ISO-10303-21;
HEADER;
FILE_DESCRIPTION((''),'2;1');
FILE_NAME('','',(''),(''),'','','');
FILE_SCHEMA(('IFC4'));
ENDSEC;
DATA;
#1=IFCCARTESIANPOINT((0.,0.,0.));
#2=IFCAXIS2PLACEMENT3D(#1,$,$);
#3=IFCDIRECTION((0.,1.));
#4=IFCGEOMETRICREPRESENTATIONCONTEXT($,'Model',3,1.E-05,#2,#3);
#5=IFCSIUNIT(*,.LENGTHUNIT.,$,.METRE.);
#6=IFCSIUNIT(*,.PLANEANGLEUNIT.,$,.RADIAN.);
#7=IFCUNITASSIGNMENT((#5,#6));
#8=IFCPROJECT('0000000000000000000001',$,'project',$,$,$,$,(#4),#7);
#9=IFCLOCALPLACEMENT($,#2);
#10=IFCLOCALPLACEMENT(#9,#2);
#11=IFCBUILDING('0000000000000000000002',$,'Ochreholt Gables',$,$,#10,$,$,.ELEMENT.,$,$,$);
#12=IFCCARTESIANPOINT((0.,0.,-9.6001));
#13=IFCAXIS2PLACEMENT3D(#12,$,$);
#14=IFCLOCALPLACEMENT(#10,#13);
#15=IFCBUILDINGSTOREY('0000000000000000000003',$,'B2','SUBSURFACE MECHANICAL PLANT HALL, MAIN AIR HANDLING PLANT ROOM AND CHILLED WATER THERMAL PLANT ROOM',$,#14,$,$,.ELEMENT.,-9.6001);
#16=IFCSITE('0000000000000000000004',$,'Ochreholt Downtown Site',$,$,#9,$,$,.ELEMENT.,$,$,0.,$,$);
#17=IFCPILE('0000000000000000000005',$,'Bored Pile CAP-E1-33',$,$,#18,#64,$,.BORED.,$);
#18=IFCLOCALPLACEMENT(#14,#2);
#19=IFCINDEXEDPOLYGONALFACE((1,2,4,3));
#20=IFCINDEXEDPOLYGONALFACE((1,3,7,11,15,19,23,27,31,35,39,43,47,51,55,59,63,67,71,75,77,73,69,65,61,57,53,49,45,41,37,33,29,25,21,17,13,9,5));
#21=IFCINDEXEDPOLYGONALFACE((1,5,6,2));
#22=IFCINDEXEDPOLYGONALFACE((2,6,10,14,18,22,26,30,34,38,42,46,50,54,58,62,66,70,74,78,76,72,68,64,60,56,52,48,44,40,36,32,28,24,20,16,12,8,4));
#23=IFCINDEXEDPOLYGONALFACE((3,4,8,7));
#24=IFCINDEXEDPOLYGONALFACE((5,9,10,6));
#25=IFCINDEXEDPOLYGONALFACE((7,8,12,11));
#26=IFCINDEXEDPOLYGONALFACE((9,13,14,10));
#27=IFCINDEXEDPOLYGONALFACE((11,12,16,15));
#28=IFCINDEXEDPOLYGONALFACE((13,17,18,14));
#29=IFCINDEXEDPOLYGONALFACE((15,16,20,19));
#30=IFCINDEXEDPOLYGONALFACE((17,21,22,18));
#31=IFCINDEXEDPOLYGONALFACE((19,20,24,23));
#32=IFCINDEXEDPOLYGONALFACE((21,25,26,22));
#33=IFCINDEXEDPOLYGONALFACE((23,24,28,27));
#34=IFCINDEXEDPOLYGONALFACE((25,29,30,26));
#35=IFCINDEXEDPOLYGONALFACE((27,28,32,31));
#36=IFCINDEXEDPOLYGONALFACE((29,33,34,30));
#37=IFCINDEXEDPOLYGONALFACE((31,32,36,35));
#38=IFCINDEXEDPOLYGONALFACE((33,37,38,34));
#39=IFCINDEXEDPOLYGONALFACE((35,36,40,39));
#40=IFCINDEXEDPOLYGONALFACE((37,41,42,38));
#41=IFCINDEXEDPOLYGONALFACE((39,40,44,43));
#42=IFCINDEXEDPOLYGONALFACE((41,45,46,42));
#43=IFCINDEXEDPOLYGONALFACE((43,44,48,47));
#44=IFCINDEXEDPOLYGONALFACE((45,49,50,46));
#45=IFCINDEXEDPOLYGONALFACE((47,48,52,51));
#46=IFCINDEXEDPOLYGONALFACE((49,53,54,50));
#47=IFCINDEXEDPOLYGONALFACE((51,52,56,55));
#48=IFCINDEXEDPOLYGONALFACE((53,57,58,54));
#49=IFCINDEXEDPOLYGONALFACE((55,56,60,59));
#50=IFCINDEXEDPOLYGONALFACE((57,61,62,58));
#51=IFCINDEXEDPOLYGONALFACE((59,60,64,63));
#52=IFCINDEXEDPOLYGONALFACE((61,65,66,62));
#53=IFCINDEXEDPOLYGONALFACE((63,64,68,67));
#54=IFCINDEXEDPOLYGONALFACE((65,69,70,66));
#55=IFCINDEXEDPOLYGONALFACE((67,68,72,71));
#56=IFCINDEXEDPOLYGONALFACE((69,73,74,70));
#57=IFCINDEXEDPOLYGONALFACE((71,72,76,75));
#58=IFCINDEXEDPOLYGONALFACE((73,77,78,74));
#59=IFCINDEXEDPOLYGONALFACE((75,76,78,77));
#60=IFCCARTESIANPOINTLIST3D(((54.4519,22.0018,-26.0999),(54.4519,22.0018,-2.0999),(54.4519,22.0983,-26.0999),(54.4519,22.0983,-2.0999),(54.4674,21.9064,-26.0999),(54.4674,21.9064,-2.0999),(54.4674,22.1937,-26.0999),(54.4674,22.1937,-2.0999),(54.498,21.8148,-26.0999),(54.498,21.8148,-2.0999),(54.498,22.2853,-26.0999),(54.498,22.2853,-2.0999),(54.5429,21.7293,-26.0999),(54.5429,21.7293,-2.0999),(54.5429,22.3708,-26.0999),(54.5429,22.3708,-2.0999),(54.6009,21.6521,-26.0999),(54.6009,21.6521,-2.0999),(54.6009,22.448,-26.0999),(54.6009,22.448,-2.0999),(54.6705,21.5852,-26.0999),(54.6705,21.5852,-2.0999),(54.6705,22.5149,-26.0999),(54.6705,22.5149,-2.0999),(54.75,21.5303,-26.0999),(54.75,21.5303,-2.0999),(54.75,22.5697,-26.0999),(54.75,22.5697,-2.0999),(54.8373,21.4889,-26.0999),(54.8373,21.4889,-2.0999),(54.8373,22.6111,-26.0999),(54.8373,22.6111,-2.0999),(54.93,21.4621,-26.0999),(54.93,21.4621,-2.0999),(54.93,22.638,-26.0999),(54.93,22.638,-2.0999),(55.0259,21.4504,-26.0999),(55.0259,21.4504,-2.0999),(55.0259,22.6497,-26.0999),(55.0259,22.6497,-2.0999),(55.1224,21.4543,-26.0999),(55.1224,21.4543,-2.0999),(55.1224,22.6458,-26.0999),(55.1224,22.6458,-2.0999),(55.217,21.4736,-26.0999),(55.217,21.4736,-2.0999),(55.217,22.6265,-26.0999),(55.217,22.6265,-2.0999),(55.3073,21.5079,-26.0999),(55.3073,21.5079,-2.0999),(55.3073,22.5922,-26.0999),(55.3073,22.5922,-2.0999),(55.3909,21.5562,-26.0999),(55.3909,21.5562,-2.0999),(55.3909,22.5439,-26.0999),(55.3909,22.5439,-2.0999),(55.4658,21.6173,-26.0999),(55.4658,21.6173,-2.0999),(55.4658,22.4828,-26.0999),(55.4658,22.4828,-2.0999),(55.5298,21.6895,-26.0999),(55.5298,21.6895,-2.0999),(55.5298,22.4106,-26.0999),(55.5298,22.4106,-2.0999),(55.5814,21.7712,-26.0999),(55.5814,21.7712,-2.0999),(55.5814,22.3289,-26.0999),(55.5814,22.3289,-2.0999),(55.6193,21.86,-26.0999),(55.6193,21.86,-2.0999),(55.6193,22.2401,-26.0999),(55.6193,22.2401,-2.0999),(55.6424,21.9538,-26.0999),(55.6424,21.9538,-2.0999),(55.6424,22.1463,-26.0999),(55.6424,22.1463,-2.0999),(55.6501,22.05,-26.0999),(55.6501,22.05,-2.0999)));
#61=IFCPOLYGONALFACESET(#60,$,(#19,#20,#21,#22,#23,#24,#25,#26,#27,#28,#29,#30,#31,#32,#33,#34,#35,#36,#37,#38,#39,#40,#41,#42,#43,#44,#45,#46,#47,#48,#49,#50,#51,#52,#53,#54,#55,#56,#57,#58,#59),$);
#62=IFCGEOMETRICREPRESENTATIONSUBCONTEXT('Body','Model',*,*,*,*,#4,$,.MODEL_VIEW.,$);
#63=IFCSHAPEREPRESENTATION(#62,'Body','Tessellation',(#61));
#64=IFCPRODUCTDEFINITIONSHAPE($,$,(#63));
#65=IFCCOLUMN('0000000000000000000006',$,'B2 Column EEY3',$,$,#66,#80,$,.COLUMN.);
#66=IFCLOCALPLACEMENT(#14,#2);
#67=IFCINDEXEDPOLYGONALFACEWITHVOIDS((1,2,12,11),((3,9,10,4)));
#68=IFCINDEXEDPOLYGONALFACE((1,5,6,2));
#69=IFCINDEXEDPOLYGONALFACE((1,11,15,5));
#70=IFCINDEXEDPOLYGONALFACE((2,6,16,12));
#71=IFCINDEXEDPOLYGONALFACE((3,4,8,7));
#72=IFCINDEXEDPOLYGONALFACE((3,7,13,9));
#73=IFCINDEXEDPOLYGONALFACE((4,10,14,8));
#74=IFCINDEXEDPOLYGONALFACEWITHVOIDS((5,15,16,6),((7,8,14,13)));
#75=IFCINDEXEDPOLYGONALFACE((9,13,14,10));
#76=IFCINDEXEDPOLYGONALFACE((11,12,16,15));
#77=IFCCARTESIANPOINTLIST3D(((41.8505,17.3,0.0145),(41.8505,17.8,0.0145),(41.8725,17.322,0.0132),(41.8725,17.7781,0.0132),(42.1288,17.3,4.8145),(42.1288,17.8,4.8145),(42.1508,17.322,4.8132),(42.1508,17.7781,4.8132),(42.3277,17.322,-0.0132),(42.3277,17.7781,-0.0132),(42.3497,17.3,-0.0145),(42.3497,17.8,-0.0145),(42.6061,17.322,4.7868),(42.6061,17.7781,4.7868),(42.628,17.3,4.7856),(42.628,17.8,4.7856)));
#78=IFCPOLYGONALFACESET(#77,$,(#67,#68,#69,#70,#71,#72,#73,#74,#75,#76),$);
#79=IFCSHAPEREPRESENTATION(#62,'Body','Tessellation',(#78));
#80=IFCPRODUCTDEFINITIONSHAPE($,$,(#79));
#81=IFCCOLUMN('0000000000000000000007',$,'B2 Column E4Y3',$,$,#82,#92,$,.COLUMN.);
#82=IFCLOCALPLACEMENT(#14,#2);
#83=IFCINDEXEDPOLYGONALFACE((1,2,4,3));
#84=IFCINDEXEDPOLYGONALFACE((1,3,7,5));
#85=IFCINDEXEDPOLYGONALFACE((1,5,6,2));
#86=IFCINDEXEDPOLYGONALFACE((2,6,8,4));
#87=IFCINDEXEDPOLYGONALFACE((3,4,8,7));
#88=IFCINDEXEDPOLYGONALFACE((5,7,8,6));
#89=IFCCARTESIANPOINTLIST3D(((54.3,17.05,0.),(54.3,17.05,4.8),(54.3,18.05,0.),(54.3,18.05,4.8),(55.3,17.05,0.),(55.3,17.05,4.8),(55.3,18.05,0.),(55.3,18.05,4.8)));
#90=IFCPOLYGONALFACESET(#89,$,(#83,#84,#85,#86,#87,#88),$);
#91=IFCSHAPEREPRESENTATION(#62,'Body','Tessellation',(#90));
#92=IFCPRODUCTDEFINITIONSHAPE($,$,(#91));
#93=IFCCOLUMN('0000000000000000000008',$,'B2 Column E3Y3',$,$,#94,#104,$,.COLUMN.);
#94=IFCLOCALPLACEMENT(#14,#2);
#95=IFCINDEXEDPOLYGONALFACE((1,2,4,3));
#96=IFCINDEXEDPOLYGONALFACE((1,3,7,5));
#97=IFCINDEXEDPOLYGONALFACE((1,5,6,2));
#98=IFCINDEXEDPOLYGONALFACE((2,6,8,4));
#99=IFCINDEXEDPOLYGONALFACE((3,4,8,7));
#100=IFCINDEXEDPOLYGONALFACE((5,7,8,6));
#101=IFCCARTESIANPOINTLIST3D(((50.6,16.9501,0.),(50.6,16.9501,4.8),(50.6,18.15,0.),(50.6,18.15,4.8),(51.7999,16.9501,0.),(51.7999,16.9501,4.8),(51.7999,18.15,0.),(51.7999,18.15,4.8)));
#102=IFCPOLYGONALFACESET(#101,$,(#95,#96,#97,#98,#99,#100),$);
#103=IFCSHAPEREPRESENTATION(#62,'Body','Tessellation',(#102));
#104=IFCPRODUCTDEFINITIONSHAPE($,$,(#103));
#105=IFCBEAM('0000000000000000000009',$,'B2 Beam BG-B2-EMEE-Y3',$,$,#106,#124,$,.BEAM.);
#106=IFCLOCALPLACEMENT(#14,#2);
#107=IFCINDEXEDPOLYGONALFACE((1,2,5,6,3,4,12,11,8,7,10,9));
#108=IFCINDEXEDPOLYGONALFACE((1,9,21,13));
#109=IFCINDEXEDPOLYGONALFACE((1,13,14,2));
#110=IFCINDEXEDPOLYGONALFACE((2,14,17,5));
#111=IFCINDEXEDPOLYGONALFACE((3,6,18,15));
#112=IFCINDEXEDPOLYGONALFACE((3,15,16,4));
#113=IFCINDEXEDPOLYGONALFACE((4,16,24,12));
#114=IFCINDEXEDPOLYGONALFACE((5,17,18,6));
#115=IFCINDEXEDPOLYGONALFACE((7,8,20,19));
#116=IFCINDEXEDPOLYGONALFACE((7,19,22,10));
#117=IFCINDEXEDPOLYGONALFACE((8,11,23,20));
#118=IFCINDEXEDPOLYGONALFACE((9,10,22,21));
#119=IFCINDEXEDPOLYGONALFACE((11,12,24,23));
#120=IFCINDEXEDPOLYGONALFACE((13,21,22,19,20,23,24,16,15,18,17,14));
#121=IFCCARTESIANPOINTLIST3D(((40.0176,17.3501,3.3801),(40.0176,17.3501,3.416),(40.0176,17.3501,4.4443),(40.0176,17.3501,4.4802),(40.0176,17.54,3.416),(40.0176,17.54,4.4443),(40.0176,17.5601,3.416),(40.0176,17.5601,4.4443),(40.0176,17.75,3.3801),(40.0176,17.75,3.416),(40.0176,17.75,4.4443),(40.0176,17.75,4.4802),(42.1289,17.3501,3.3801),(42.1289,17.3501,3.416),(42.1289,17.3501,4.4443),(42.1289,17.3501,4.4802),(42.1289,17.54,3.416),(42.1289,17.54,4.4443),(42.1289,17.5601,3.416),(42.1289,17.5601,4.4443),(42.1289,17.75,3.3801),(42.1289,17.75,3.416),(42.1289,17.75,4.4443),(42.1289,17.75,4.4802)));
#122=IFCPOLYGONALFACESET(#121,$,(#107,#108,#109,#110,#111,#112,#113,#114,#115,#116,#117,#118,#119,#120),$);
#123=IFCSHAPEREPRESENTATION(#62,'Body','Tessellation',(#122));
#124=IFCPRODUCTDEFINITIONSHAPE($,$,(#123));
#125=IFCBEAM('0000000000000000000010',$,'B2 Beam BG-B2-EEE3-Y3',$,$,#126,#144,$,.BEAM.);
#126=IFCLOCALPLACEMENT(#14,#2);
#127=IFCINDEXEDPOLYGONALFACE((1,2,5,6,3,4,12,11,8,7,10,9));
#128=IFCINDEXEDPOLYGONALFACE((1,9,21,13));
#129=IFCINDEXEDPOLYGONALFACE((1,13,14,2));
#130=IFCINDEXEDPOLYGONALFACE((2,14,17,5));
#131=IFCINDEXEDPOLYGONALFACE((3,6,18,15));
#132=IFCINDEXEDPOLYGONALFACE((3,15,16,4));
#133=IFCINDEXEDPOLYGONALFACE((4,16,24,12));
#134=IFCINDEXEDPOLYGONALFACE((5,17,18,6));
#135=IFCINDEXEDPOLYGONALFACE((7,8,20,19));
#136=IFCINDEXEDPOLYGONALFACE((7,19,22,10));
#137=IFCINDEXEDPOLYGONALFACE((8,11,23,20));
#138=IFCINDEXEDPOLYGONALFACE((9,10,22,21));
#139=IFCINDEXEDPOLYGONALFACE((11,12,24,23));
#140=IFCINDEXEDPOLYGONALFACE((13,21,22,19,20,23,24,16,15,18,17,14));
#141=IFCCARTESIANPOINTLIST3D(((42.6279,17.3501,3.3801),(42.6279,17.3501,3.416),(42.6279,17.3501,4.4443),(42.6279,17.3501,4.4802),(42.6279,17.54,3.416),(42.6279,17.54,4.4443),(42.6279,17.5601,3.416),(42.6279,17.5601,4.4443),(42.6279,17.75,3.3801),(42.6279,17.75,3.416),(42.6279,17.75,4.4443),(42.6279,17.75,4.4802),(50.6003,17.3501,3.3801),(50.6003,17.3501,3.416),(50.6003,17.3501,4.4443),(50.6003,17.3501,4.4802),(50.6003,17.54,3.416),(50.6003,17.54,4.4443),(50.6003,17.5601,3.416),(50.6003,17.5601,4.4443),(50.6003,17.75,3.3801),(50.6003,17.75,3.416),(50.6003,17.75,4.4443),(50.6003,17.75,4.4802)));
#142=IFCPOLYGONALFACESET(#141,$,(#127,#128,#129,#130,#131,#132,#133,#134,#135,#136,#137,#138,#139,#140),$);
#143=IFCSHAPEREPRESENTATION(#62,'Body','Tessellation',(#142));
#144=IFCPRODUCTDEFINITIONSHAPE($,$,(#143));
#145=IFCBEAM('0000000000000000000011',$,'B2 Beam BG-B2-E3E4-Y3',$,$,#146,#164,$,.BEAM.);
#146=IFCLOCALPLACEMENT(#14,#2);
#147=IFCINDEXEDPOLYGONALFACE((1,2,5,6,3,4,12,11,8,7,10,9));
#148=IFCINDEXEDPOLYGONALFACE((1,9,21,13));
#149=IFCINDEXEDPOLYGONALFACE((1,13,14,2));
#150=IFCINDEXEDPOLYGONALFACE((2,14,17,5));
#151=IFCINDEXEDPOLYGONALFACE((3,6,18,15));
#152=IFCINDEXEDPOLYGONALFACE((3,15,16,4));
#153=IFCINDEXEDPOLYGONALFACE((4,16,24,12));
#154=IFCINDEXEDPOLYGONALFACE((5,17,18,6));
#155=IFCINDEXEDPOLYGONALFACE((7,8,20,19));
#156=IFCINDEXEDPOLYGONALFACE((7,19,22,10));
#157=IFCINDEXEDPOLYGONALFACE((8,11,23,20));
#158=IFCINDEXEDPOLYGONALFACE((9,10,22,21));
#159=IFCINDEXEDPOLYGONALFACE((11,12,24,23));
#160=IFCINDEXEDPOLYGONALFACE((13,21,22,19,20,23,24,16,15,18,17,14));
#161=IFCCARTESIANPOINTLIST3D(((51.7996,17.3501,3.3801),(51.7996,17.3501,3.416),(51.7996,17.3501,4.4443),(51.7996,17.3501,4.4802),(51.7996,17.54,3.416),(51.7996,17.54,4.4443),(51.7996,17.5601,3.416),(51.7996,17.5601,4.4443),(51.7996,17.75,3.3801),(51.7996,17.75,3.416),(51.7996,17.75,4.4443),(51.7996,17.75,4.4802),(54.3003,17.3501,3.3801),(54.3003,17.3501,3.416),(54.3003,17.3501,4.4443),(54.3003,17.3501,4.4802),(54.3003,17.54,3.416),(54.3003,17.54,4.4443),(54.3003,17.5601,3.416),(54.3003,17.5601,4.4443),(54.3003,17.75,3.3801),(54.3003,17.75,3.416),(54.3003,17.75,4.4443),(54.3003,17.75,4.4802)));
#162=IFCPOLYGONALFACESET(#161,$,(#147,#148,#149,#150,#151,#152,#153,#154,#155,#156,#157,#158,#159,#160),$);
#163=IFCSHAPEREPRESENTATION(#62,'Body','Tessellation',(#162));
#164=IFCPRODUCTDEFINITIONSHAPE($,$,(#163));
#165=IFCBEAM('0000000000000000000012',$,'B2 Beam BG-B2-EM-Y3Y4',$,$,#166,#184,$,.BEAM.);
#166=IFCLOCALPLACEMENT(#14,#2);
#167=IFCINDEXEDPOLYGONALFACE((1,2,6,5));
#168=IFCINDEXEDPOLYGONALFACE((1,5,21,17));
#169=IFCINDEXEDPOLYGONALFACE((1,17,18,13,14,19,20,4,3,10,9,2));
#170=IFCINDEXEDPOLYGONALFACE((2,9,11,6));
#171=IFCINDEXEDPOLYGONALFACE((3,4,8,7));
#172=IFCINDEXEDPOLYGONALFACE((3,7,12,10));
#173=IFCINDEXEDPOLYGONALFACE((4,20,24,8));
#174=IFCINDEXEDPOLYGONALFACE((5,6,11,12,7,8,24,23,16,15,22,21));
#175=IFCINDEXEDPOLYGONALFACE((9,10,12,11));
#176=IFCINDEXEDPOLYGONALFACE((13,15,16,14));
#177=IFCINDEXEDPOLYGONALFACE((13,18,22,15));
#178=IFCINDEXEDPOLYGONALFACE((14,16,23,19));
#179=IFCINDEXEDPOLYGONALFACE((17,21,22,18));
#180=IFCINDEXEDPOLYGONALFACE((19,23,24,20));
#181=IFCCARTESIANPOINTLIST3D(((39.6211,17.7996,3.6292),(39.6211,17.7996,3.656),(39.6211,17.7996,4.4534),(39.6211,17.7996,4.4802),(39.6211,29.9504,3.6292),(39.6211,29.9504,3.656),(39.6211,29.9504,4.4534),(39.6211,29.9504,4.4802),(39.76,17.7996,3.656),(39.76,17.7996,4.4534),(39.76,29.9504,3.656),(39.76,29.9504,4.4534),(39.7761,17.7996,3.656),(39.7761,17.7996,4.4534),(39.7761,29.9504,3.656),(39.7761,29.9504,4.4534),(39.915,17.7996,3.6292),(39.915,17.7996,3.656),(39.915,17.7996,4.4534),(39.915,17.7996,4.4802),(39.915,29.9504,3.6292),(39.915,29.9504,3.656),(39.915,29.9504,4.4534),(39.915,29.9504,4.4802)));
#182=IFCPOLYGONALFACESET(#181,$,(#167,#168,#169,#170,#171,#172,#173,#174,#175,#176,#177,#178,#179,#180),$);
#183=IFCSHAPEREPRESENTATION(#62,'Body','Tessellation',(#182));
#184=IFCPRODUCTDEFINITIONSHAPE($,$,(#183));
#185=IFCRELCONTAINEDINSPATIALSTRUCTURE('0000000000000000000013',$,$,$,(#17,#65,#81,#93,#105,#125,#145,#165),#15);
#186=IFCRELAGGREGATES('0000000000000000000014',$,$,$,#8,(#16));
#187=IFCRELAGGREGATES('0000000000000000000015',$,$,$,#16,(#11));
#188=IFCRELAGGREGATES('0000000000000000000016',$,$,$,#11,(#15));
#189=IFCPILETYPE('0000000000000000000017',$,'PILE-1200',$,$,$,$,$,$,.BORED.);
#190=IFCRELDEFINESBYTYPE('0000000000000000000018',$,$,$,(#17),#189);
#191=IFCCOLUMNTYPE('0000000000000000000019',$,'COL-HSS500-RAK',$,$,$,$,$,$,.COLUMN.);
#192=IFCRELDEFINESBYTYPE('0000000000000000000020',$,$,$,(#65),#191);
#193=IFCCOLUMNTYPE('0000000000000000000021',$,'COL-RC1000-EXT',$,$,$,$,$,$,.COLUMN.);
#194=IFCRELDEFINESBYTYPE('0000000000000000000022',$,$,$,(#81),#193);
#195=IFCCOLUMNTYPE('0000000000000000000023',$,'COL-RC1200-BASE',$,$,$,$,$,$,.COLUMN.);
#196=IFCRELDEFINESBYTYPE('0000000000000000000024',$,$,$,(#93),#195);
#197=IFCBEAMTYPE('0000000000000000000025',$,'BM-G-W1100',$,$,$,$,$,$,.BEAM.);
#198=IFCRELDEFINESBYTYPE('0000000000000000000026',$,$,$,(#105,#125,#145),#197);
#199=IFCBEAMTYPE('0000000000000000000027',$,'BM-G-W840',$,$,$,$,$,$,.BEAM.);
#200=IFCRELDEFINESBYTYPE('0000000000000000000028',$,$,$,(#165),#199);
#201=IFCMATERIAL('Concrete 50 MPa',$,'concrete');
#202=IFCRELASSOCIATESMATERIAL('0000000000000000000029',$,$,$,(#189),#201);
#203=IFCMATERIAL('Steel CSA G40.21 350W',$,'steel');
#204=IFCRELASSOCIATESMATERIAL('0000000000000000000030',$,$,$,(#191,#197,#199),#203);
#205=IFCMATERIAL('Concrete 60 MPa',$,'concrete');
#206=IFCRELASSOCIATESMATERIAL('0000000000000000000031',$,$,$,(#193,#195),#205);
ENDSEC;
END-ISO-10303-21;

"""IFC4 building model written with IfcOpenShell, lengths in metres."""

from ifc_helpers import new_model, si_unit, direction, frame, origin, origin_2d, place, context, subcontext, project, spatial, rectangle, hollow_rectangle, circle, i_section, extrude, material, material_profile, profile_set, type_object, element, save


model = new_model("IFC4")

# Units and contexts
model_context = context("Model", 3, precision=1e-05, world=origin(), true_north=direction((0.0, 1.0)))
body_context = subcontext(model_context, "Body", "Model", "MODEL_VIEW")
ifc_project = project(units=[si_unit("LENGTHUNIT", "METRE"), si_unit("PLANEANGLEUNIT", "RADIAN")], contexts=[model_context])

# Site, building, storey
site_placement = place(None, origin())
site = spatial("IfcSite", under=ifc_project, at=site_placement, Name="Ochreholt Downtown Site", CompositionType="ELEMENT", RefElevation=0.0)
building_placement = place(site_placement, origin())
building = spatial("IfcBuilding", under=site, at=building_placement, Name="Ochreholt Gables", CompositionType="ELEMENT")
storey_placement = place(building_placement, frame((0.0, 0.0, -9.6001)))
storey = spatial("IfcBuildingStorey", under=building, at=storey_placement, Name="B2", Description="SUBSURFACE MECHANICAL PLANT HALL, MAIN AIR HANDLING PLANT ROOM AND CHILLED WATER THERMAL PLANT ROOM", CompositionType="ELEMENT", Elevation=-9.6001)

# Shared definitions
ifc_material_1 = material(Name="Concrete 50 MPa", Category="concrete")

# Pile
ifc_material_profile_1 = material_profile(ifc_material_1, circle(Radius=0.6001, at=origin_2d()), Name="PILE1200")
ifc_profile_set_1 = profile_set([ifc_material_profile_1], Name="Concrete 50 MPa")
pile_type = type_object("IfcPileType", Name="PILE-1200", PredefinedType="BORED", material=ifc_profile_set_1)
pile_1_placement = place(storey_placement, frame((55.05, 22.05, -2.0999), z_axis=(0.0, 0.0, -1.0), x_axis=(1.0, 0.0, 0.0)))
element("IfcPile", 1, at=pile_1_placement, inside=storey, type_object=pile_type, Name="Bored Pile CAP-E1-33", PredefinedType="BORED", context=body_context, shape_type="SweptSolid", body=[
    extrude(circle(Radius=0.6001, at=origin_2d()), origin(), (0.0, 0.0, 1.0), 24.0),
])

# Columns
ifc_material_2 = material(Name="Steel CSA G40.21 350W", Category="steel")
ifc_material_profile_2 = material_profile(ifc_material_2, hollow_rectangle(XDim=0.5, YDim=0.5, WallThickness=0.022, at=origin_2d()), Name="HSS500X500X22")
ifc_profile_set_2 = profile_set([ifc_material_profile_2], Name="Steel CSA G40.21 350W")
column_type_1 = type_object("IfcColumnType", Name="COL-HSS500-RAK", PredefinedType="COLUMN", material=ifc_profile_set_2)
column_1_placement = place(storey_placement, frame((42.1001, 17.55, 0.0), z_axis=(0.057886, 0.0, 0.998323), x_axis=(0.0, 1.0, 0.0)))
element("IfcColumn", 2, at=column_1_placement, inside=storey, type_object=column_type_1, Name="B2 Column EEY3", PredefinedType="COLUMN", context=body_context, shape_type="SweptSolid", body=[
    extrude(hollow_rectangle(XDim=0.5, YDim=0.5, WallThickness=0.022, at=origin_2d()), origin(), (0.0, 0.0, 1.0), 4.8081),
])
ifc_material_3 = material(Name="Concrete 60 MPa", Category="concrete")
ifc_material_profile_3 = material_profile(ifc_material_3, rectangle(XDim=1.0, YDim=1.0, at=origin_2d()), Name="RC1000X1000")
ifc_profile_set_3 = profile_set([ifc_material_profile_3], Name="Concrete 60 MPa")
column_type_2 = type_object("IfcColumnType", Name="COL-RC1000-EXT", PredefinedType="COLUMN", material=ifc_profile_set_3)
column_2_placement = place(storey_placement, frame((54.8, 17.55, 0.0), z_axis=(0.0, 0.0, 1.0), x_axis=(1.0, 0.0, 0.0)))
element("IfcColumn", 3, at=column_2_placement, inside=storey, type_object=column_type_2, Name="B2 Column E4Y3", PredefinedType="COLUMN", context=body_context, shape_type="SweptSolid", body=[
    extrude(rectangle(XDim=1.0, YDim=1.0, at=origin_2d()), origin(), (0.0, 0.0, 1.0), 4.8),
])
ifc_material_profile_4 = material_profile(ifc_material_3, rectangle(XDim=1.2, YDim=1.2, at=origin_2d()), Name="RC1200X1200")
ifc_profile_set_4 = profile_set([ifc_material_profile_4], Name="Concrete 60 MPa")
column_type_3 = type_object("IfcColumnType", Name="COL-RC1200-BASE", PredefinedType="COLUMN", material=ifc_profile_set_4)
column_3_placement = place(storey_placement, frame((51.2, 17.55, 0.0), z_axis=(0.0, 0.0, 1.0), x_axis=(1.0, 0.0, 0.0)))
element("IfcColumn", 4, at=column_3_placement, inside=storey, type_object=column_type_3, Name="B2 Column E3Y3", PredefinedType="COLUMN", context=body_context, shape_type="SweptSolid", body=[
    extrude(rectangle(XDim=1.2, YDim=1.2, at=origin_2d()), origin(), (0.0, 0.0, 1.0), 4.8),
])

# Beams
ifc_material_profile_5 = material_profile(ifc_material_2, i_section(OverallWidth=0.3999, OverallDepth=1.1001, WebThickness=0.02, FlangeThickness=0.0359, at=origin_2d()), Name="W1100X390")
ifc_profile_set_5 = profile_set([ifc_material_profile_5], Name="Steel CSA G40.21 350W")
beam_type_1 = type_object("IfcBeamType", Name="BM-G-W1100", PredefinedType="BEAM", material=ifc_profile_set_5)
beam_1_placement = place(storey_placement, frame((40.0176, 17.55, 3.9302), z_axis=(1.0, 0.0, 0.0), x_axis=(0.0, 1.0, 0.0)))
element("IfcBeam", 5, at=beam_1_placement, inside=storey, type_object=beam_type_1, Name="B2 Beam BG-B2-EMEE-Y3", PredefinedType="BEAM", context=body_context, shape_type="SweptSolid", body=[
    extrude(i_section(OverallWidth=0.3999, OverallDepth=1.1001, WebThickness=0.02, FlangeThickness=0.0359, at=origin_2d()), origin(), (0.0, 0.0, 1.0), 2.1113),
])
beam_2_placement = place(storey_placement, frame((42.6279, 17.55, 3.9302), z_axis=(1.0, 0.0, 0.0), x_axis=(0.0, 1.0, 0.0)))
element("IfcBeam", 6, at=beam_2_placement, inside=storey, type_object=beam_type_1, Name="B2 Beam BG-B2-EEE3-Y3", PredefinedType="BEAM", context=body_context, shape_type="SweptSolid", body=[
    extrude(i_section(OverallWidth=0.3999, OverallDepth=1.1001, WebThickness=0.02, FlangeThickness=0.0359, at=origin_2d()), origin(), (0.0, 0.0, 1.0), 7.9724),
])
beam_3_placement = place(storey_placement, frame((51.7996, 17.55, 3.9302), z_axis=(1.0, 0.0, 0.0), x_axis=(0.0, 1.0, 0.0)))
element("IfcBeam", 7, at=beam_3_placement, inside=storey, type_object=beam_type_1, Name="B2 Beam BG-B2-E3E4-Y3", PredefinedType="BEAM", context=body_context, shape_type="SweptSolid", body=[
    extrude(i_section(OverallWidth=0.3999, OverallDepth=1.1001, WebThickness=0.02, FlangeThickness=0.0359, at=origin_2d()), origin(), (0.0, 0.0, 1.0), 2.5007),
])
ifc_material_profile_6 = material_profile(ifc_material_2, i_section(OverallWidth=0.2939, OverallDepth=0.8511, WebThickness=0.0161, FlangeThickness=0.0269, at=origin_2d()), Name="W840X226")
ifc_profile_set_6 = profile_set([ifc_material_profile_6], Name="Steel CSA G40.21 350W")
beam_type_2 = type_object("IfcBeamType", Name="BM-G-W840", PredefinedType="BEAM", material=ifc_profile_set_6)
for number, where, z_axis, x_axis, name in (
    (8, (39.7681, 17.7996, 4.0547), (0.0, 1.0, 0.0), (-1.0, 0.0, 0.0), "B2 Beam BG-B2-EM-Y3Y4"),
):
    element("IfcBeam", number, at=place(storey_placement, frame(where, z_axis=z_axis, x_axis=x_axis)), inside=storey, type_object=beam_type_2, Name=name, PredefinedType="BEAM", context=body_context, shape_type="SweptSolid", body=[
        extrude(i_section(OverallWidth=0.2939, OverallDepth=0.8511, WebThickness=0.0161, FlangeThickness=0.0269, at=origin_2d()), origin(), (0.0, 0.0, 1.0), 12.1509),
    ])

save(model, "model.ifc")
